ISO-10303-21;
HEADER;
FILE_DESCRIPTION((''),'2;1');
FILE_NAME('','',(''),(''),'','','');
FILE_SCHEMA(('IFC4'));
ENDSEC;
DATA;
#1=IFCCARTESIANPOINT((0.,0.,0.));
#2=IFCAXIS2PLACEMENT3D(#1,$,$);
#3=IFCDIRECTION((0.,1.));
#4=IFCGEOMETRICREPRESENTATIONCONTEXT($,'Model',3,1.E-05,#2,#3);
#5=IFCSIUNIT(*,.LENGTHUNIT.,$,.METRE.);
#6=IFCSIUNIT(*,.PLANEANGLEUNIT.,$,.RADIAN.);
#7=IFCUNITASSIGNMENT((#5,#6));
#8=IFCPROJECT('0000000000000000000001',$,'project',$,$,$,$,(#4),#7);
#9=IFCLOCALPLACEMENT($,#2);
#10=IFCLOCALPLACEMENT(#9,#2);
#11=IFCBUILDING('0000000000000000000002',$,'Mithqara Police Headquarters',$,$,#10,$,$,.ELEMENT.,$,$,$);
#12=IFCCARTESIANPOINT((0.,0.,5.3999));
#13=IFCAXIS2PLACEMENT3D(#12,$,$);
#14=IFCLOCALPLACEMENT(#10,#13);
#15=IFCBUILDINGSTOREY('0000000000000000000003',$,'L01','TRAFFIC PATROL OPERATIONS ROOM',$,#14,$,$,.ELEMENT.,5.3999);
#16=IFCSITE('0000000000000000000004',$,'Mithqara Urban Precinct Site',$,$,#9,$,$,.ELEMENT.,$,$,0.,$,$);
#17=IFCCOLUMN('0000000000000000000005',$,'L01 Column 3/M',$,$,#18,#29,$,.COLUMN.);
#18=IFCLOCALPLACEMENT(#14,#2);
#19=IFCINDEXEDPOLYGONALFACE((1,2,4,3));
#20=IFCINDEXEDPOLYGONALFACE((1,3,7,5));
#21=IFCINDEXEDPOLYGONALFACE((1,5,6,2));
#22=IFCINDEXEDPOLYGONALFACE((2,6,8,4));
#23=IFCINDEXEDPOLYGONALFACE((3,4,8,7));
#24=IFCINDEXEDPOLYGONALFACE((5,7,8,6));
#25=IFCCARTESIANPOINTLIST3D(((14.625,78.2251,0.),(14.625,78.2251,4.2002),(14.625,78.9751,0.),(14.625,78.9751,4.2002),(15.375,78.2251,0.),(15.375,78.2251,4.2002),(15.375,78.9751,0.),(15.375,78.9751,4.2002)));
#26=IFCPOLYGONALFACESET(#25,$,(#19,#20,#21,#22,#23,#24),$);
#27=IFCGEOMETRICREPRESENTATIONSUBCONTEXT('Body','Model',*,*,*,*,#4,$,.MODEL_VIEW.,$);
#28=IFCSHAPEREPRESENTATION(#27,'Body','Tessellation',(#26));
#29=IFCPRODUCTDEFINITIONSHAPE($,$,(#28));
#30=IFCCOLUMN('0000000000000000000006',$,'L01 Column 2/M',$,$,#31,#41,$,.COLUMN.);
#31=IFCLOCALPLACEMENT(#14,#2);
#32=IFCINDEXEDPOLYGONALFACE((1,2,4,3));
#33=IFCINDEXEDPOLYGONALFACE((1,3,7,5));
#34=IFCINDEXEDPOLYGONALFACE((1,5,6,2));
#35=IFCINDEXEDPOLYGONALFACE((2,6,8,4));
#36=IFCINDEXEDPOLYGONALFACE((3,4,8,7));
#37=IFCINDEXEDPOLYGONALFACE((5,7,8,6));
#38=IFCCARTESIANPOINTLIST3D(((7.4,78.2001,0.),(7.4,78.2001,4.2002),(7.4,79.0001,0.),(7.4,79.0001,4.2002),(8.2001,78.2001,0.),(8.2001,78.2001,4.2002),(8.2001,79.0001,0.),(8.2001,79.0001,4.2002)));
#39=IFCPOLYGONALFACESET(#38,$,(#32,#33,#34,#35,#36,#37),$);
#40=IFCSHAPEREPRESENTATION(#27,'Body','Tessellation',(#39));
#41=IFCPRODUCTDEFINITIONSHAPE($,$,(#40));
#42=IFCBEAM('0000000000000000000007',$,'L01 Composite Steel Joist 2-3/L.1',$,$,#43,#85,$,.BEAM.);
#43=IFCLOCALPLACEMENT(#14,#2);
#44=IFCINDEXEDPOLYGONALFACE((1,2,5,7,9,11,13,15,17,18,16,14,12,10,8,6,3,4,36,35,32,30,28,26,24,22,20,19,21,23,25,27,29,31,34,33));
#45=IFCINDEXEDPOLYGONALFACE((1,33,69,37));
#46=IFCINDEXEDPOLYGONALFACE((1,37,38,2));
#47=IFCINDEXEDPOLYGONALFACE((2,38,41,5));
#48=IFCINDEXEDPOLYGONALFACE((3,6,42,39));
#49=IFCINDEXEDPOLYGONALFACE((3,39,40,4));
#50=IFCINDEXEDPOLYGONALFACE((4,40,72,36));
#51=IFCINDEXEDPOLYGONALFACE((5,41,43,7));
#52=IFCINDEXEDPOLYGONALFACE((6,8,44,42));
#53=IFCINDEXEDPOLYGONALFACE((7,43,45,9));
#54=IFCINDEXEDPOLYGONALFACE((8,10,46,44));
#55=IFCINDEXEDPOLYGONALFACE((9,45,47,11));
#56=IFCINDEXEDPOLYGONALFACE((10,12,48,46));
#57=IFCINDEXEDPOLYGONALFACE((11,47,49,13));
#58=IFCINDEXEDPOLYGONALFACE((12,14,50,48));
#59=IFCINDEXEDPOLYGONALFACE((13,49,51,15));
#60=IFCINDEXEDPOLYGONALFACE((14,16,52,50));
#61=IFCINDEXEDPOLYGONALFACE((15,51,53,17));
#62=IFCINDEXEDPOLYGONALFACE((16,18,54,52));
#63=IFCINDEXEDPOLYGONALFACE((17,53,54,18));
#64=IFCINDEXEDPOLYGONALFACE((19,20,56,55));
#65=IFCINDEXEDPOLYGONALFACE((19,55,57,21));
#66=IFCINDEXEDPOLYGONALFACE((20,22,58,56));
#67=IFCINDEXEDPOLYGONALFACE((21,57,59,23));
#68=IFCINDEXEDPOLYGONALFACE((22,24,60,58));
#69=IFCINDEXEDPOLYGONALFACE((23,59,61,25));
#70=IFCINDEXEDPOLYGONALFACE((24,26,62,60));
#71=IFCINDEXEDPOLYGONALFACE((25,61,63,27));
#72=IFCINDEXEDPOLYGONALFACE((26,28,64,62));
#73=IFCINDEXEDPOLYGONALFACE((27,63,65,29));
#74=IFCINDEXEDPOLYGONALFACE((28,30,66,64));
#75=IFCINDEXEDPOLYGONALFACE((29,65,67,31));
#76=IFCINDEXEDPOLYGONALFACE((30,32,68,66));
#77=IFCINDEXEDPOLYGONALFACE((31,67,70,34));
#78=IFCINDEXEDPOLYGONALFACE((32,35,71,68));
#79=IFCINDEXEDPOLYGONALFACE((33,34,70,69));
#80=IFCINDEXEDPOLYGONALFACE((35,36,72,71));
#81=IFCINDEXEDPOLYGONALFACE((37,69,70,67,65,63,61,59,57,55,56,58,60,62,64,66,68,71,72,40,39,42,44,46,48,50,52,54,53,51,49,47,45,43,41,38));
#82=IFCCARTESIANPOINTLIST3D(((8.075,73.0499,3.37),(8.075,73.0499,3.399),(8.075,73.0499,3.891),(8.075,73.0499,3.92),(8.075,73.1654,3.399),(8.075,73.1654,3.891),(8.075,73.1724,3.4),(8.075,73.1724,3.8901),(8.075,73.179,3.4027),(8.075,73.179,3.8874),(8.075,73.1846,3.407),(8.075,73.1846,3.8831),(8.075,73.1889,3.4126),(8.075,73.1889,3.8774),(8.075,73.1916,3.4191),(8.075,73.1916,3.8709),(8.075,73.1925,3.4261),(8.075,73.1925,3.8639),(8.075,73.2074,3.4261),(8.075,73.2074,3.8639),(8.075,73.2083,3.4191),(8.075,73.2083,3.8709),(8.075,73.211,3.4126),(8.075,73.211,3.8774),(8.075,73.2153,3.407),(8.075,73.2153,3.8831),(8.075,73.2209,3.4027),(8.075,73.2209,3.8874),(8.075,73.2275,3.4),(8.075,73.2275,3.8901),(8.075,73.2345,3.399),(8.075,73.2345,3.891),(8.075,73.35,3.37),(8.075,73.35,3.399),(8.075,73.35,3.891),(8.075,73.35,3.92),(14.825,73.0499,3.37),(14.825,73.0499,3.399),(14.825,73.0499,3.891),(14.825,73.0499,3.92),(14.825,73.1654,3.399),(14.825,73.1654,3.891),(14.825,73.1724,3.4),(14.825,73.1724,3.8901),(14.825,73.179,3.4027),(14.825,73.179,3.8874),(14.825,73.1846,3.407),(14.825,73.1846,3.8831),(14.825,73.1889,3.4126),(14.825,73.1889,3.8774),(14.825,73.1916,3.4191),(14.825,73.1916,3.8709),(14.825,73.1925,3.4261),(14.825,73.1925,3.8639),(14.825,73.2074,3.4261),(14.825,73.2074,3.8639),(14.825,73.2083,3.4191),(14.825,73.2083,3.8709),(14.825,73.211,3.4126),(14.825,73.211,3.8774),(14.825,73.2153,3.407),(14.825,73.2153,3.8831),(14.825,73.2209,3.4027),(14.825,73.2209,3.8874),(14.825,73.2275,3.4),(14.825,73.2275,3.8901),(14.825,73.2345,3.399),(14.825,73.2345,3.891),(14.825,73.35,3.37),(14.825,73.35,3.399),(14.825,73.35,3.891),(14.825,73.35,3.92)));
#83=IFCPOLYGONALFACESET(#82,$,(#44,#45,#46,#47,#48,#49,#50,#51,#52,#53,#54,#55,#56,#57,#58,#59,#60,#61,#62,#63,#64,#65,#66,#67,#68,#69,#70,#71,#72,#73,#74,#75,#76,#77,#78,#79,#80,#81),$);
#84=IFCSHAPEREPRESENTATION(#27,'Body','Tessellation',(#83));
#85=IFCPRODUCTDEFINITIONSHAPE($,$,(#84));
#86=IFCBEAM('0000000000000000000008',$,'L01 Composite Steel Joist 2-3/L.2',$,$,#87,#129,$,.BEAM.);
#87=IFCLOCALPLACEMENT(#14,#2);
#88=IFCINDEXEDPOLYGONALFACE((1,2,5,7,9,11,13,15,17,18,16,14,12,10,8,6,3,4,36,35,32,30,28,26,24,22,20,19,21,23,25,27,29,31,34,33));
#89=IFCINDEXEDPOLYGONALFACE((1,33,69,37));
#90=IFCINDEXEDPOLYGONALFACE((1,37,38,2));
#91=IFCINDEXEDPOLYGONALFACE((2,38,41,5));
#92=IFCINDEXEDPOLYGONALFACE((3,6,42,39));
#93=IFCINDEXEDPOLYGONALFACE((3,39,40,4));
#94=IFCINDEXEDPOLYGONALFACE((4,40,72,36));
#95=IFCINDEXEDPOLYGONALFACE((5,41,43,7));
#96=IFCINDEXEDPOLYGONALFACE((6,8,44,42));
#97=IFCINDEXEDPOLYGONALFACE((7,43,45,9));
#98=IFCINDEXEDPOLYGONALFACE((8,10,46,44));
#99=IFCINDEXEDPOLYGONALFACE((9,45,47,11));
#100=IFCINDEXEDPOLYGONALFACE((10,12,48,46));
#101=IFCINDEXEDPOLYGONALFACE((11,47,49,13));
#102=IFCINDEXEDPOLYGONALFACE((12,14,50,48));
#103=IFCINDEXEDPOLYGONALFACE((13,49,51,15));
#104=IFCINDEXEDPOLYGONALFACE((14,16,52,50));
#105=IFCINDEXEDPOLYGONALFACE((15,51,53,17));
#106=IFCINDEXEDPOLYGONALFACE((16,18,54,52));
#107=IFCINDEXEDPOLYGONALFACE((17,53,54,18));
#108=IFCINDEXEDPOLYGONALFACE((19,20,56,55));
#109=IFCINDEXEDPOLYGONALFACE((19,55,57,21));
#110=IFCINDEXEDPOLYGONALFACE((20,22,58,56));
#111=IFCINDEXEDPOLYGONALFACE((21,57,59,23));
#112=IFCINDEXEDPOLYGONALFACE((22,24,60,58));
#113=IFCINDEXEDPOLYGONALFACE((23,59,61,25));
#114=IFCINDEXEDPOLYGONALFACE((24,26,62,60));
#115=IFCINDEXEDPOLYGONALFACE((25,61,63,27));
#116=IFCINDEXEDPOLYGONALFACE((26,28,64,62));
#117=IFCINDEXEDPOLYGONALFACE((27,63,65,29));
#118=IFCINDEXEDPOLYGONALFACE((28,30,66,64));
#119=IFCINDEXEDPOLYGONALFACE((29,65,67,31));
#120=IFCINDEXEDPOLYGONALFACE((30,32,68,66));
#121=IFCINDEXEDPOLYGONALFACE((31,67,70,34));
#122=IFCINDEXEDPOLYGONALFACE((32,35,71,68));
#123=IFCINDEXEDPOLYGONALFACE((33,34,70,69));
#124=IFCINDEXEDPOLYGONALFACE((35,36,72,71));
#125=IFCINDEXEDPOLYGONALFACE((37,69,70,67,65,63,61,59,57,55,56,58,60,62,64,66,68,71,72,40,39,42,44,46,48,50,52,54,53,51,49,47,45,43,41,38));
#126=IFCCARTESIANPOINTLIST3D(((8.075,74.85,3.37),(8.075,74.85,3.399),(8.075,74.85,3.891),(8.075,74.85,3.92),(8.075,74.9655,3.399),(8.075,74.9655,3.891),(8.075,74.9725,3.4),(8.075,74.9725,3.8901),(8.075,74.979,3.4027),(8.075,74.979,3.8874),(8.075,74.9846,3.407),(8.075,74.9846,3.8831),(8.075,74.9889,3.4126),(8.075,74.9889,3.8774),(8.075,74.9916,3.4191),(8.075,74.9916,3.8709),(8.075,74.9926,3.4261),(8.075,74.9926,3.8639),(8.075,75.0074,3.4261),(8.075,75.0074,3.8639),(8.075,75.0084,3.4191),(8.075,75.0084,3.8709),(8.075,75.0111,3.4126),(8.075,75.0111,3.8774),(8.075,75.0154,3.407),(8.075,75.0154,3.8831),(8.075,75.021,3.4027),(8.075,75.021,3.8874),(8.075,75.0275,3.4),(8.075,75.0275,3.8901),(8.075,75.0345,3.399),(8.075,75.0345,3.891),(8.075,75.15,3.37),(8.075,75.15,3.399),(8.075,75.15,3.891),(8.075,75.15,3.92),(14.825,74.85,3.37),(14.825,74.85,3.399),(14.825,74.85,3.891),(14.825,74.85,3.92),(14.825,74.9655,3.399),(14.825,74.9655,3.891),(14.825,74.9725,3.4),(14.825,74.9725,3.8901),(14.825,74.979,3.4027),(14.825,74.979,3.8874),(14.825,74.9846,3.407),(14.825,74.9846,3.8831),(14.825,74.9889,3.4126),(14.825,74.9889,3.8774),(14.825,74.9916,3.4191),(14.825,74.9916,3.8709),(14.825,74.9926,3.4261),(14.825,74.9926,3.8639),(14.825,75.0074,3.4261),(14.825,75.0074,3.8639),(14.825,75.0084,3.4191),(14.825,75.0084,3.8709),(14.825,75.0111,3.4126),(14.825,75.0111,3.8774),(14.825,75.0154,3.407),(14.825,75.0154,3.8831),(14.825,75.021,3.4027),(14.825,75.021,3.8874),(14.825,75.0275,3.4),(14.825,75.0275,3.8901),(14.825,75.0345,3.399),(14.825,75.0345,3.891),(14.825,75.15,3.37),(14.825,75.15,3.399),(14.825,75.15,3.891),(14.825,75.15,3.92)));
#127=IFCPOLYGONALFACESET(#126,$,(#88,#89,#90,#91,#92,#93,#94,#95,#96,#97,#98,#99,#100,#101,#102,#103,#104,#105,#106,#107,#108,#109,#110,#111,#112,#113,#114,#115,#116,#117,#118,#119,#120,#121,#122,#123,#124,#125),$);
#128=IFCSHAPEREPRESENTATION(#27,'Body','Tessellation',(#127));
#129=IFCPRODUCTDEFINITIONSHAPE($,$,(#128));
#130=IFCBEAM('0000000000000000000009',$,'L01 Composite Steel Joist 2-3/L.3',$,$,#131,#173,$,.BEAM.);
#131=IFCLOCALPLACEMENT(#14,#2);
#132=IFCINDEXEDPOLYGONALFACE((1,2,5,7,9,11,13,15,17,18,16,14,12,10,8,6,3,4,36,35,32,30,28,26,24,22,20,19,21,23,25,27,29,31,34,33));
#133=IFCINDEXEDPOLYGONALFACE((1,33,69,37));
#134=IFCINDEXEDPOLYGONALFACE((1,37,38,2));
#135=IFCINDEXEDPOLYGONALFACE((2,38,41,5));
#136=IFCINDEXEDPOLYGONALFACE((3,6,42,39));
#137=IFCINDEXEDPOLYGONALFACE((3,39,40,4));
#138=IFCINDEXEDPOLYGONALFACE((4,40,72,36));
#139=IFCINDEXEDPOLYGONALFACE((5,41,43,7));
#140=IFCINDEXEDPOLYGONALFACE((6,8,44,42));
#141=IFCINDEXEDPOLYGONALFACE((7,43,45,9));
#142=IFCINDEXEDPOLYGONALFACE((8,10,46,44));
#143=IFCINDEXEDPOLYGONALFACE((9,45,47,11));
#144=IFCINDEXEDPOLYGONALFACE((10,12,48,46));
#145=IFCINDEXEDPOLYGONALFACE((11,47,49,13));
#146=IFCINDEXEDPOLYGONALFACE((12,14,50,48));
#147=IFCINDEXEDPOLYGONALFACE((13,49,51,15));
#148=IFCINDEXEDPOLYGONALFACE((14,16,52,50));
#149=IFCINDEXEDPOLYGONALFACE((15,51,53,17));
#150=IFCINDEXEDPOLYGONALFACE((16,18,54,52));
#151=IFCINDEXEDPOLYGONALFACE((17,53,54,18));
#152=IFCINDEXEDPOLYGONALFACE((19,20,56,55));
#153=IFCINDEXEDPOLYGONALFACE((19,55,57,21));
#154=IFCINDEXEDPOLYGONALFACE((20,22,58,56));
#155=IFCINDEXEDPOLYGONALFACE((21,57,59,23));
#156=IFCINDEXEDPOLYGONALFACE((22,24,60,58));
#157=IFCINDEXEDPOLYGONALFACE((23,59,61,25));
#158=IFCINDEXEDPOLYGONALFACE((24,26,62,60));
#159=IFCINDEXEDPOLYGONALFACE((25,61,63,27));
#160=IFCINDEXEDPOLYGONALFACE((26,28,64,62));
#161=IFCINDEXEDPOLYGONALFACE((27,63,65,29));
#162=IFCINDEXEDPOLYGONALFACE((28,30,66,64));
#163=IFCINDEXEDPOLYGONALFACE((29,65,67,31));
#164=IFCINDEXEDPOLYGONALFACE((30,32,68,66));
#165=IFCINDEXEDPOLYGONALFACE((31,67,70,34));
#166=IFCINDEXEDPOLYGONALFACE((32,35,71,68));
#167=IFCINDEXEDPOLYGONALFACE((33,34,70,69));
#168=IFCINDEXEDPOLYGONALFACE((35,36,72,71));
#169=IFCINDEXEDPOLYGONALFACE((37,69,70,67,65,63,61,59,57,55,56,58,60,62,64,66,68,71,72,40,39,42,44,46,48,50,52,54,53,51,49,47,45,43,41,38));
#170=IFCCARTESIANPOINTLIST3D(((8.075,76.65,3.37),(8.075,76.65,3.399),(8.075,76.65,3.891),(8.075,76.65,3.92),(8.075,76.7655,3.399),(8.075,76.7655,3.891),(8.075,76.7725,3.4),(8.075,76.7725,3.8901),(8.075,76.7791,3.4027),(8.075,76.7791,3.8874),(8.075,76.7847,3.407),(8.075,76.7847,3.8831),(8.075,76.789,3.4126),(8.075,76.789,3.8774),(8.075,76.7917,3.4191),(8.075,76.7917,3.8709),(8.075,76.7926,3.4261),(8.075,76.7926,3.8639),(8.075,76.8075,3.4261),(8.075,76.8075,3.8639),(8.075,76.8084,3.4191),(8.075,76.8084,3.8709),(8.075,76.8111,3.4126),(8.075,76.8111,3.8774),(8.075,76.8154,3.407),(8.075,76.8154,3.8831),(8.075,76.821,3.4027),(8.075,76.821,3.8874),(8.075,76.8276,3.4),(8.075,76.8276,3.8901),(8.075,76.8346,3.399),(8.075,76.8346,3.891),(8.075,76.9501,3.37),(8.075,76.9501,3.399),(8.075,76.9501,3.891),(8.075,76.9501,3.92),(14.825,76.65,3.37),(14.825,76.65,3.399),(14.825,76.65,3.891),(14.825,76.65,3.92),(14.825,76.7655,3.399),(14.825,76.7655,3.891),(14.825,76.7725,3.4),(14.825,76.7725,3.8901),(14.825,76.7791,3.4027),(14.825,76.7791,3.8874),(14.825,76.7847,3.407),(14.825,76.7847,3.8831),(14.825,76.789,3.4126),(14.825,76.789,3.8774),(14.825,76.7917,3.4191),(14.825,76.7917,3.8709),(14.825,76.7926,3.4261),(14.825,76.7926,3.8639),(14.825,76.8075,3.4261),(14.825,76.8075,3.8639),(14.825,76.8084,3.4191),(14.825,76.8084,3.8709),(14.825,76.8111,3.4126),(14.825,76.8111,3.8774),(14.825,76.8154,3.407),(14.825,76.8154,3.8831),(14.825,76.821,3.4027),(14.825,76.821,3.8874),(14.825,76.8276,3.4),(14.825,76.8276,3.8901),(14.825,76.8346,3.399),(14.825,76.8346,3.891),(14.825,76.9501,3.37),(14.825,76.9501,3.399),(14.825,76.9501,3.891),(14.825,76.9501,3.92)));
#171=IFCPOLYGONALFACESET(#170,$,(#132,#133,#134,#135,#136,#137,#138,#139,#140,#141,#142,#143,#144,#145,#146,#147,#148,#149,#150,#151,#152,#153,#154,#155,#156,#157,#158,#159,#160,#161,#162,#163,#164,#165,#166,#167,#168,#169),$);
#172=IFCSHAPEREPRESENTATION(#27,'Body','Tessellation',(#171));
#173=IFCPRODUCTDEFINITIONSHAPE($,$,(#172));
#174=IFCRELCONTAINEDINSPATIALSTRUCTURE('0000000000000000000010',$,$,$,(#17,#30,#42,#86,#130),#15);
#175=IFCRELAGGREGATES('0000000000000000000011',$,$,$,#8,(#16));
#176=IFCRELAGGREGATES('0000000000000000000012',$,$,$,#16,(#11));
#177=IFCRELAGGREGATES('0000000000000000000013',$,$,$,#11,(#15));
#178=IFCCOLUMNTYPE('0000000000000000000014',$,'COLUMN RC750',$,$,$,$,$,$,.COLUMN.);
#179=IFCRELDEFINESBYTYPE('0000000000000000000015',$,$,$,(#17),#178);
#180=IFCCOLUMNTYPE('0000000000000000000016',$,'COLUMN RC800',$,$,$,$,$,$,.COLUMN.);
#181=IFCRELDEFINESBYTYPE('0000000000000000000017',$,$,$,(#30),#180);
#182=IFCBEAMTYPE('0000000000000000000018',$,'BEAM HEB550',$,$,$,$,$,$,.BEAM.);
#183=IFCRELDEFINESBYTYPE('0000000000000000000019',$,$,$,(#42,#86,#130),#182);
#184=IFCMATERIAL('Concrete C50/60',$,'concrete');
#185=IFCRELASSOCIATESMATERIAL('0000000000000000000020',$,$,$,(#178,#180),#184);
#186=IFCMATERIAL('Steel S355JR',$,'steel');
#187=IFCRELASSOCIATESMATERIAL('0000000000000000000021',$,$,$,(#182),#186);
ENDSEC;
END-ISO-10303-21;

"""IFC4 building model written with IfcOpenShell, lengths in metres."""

from ifc_helpers import new_model, si_unit, direction, frame, origin, origin_2d, place, context, subcontext, project, spatial, rectangle, i_section, extrude, material, material_profile, profile_set, type_object, element, save


model = new_model("IFC4")

# Units and contexts
model_context = context("Model", 3, precision=1e-05, world=origin(), true_north=direction((0.0, 1.0)))
body_context = subcontext(model_context, "Body", "Model", "MODEL_VIEW")
ifc_project = project(units=[si_unit("LENGTHUNIT", "METRE"), si_unit("PLANEANGLEUNIT", "RADIAN")], contexts=[model_context])

# Site, building, storey
site_placement = place(None, origin())
site = spatial("IfcSite", under=ifc_project, at=site_placement, Name="Mithqara Urban Precinct Site", CompositionType="ELEMENT", RefElevation=0.0)
building_placement = place(site_placement, origin())
building = spatial("IfcBuilding", under=site, at=building_placement, Name="Mithqara Police Headquarters", CompositionType="ELEMENT")
storey_placement = place(building_placement, frame((0.0, 0.0, 5.3999)))
storey = spatial("IfcBuildingStorey", under=building, at=storey_placement, Name="L01", Description="TRAFFIC PATROL OPERATIONS ROOM", CompositionType="ELEMENT", Elevation=5.3999)

# Columns
ifc_material_1 = material(Name="Concrete C50/60", Category="concrete")
ifc_material_profile_1 = material_profile(ifc_material_1, rectangle(XDim=0.75, YDim=0.75, at=origin_2d()), Name="RC 750x750")
ifc_profile_set_1 = profile_set([ifc_material_profile_1], Name="Concrete C50/60")
column_type_1 = type_object("IfcColumnType", Name="COLUMN RC750", PredefinedType="COLUMN", material=ifc_profile_set_1)
column_1_placement = place(storey_placement, frame((15.0, 78.6001, 0.0), z_axis=(0.0, 0.0, 1.0), x_axis=(1.0, 0.0, 0.0)))
element("IfcColumn", 1, at=column_1_placement, inside=storey, type_object=column_type_1, Name="L01 Column 3/M", PredefinedType="COLUMN", context=body_context, shape_type="SweptSolid", body=[
    extrude(rectangle(XDim=0.75, YDim=0.75, at=origin_2d()), origin(), (0.0, 0.0, 1.0), 4.2002),
])
ifc_material_profile_2 = material_profile(ifc_material_1, rectangle(XDim=0.8, YDim=0.8, at=origin_2d()), Name="RC 800x800")
ifc_profile_set_2 = profile_set([ifc_material_profile_2], Name="Concrete C50/60")
column_type_2 = type_object("IfcColumnType", Name="COLUMN RC800", PredefinedType="COLUMN", material=ifc_profile_set_2)
column_2_placement = place(storey_placement, frame((7.8, 78.6001, 0.0), z_axis=(0.0, 0.0, 1.0), x_axis=(1.0, 0.0, 0.0)))
element("IfcColumn", 2, at=column_2_placement, inside=storey, type_object=column_type_2, Name="L01 Column 2/M", PredefinedType="COLUMN", context=body_context, shape_type="SweptSolid", body=[
    extrude(rectangle(XDim=0.8, YDim=0.8, at=origin_2d()), origin(), (0.0, 0.0, 1.0), 4.2002),
])

# Beams
ifc_material_2 = material(Name="Steel S355JR", Category="steel")
ifc_material_profile_3 = material_profile(ifc_material_2, i_section(OverallWidth=0.3, OverallDepth=0.55, WebThickness=0.0149, FlangeThickness=0.0291, FilletRadius=0.0271, at=origin_2d()), Name="HEB 550")
ifc_profile_set_3 = profile_set([ifc_material_profile_3], Name="Steel S355JR")
beam_type_1 = type_object("IfcBeamType", Name="BEAM HEB550", PredefinedType="BEAM", material=ifc_profile_set_3)
for number, where, z_axis, x_axis, name in (
    (3, (8.075, 73.2, 3.645), (1.0, 0.0, 0.0), (0.0, 1.0, 0.0), "L01 Composite Steel Joist 2-3/L.1"),
    (4, (8.075, 75.0, 3.645), (1.0, 0.0, 0.0), (0.0, 1.0, 0.0), "L01 Composite Steel Joist 2-3/L.2"),
    (5, (8.075, 76.8, 3.645), (1.0, 0.0, 0.0), (0.0, 1.0, 0.0), "L01 Composite Steel Joist 2-3/L.3"),
):
    element("IfcBeam", number, at=place(storey_placement, frame(where, z_axis=z_axis, x_axis=x_axis)), inside=storey, type_object=beam_type_1, Name=name, PredefinedType="BEAM", context=body_context, shape_type="SweptSolid", body=[
        extrude(i_section(OverallWidth=0.3, OverallDepth=0.55, WebThickness=0.0149, FlangeThickness=0.0291, FilletRadius=0.0271, at=origin_2d()), origin(), (0.0, 0.0, 1.0), 6.75),
    ])

save(model, "model.ifc")
